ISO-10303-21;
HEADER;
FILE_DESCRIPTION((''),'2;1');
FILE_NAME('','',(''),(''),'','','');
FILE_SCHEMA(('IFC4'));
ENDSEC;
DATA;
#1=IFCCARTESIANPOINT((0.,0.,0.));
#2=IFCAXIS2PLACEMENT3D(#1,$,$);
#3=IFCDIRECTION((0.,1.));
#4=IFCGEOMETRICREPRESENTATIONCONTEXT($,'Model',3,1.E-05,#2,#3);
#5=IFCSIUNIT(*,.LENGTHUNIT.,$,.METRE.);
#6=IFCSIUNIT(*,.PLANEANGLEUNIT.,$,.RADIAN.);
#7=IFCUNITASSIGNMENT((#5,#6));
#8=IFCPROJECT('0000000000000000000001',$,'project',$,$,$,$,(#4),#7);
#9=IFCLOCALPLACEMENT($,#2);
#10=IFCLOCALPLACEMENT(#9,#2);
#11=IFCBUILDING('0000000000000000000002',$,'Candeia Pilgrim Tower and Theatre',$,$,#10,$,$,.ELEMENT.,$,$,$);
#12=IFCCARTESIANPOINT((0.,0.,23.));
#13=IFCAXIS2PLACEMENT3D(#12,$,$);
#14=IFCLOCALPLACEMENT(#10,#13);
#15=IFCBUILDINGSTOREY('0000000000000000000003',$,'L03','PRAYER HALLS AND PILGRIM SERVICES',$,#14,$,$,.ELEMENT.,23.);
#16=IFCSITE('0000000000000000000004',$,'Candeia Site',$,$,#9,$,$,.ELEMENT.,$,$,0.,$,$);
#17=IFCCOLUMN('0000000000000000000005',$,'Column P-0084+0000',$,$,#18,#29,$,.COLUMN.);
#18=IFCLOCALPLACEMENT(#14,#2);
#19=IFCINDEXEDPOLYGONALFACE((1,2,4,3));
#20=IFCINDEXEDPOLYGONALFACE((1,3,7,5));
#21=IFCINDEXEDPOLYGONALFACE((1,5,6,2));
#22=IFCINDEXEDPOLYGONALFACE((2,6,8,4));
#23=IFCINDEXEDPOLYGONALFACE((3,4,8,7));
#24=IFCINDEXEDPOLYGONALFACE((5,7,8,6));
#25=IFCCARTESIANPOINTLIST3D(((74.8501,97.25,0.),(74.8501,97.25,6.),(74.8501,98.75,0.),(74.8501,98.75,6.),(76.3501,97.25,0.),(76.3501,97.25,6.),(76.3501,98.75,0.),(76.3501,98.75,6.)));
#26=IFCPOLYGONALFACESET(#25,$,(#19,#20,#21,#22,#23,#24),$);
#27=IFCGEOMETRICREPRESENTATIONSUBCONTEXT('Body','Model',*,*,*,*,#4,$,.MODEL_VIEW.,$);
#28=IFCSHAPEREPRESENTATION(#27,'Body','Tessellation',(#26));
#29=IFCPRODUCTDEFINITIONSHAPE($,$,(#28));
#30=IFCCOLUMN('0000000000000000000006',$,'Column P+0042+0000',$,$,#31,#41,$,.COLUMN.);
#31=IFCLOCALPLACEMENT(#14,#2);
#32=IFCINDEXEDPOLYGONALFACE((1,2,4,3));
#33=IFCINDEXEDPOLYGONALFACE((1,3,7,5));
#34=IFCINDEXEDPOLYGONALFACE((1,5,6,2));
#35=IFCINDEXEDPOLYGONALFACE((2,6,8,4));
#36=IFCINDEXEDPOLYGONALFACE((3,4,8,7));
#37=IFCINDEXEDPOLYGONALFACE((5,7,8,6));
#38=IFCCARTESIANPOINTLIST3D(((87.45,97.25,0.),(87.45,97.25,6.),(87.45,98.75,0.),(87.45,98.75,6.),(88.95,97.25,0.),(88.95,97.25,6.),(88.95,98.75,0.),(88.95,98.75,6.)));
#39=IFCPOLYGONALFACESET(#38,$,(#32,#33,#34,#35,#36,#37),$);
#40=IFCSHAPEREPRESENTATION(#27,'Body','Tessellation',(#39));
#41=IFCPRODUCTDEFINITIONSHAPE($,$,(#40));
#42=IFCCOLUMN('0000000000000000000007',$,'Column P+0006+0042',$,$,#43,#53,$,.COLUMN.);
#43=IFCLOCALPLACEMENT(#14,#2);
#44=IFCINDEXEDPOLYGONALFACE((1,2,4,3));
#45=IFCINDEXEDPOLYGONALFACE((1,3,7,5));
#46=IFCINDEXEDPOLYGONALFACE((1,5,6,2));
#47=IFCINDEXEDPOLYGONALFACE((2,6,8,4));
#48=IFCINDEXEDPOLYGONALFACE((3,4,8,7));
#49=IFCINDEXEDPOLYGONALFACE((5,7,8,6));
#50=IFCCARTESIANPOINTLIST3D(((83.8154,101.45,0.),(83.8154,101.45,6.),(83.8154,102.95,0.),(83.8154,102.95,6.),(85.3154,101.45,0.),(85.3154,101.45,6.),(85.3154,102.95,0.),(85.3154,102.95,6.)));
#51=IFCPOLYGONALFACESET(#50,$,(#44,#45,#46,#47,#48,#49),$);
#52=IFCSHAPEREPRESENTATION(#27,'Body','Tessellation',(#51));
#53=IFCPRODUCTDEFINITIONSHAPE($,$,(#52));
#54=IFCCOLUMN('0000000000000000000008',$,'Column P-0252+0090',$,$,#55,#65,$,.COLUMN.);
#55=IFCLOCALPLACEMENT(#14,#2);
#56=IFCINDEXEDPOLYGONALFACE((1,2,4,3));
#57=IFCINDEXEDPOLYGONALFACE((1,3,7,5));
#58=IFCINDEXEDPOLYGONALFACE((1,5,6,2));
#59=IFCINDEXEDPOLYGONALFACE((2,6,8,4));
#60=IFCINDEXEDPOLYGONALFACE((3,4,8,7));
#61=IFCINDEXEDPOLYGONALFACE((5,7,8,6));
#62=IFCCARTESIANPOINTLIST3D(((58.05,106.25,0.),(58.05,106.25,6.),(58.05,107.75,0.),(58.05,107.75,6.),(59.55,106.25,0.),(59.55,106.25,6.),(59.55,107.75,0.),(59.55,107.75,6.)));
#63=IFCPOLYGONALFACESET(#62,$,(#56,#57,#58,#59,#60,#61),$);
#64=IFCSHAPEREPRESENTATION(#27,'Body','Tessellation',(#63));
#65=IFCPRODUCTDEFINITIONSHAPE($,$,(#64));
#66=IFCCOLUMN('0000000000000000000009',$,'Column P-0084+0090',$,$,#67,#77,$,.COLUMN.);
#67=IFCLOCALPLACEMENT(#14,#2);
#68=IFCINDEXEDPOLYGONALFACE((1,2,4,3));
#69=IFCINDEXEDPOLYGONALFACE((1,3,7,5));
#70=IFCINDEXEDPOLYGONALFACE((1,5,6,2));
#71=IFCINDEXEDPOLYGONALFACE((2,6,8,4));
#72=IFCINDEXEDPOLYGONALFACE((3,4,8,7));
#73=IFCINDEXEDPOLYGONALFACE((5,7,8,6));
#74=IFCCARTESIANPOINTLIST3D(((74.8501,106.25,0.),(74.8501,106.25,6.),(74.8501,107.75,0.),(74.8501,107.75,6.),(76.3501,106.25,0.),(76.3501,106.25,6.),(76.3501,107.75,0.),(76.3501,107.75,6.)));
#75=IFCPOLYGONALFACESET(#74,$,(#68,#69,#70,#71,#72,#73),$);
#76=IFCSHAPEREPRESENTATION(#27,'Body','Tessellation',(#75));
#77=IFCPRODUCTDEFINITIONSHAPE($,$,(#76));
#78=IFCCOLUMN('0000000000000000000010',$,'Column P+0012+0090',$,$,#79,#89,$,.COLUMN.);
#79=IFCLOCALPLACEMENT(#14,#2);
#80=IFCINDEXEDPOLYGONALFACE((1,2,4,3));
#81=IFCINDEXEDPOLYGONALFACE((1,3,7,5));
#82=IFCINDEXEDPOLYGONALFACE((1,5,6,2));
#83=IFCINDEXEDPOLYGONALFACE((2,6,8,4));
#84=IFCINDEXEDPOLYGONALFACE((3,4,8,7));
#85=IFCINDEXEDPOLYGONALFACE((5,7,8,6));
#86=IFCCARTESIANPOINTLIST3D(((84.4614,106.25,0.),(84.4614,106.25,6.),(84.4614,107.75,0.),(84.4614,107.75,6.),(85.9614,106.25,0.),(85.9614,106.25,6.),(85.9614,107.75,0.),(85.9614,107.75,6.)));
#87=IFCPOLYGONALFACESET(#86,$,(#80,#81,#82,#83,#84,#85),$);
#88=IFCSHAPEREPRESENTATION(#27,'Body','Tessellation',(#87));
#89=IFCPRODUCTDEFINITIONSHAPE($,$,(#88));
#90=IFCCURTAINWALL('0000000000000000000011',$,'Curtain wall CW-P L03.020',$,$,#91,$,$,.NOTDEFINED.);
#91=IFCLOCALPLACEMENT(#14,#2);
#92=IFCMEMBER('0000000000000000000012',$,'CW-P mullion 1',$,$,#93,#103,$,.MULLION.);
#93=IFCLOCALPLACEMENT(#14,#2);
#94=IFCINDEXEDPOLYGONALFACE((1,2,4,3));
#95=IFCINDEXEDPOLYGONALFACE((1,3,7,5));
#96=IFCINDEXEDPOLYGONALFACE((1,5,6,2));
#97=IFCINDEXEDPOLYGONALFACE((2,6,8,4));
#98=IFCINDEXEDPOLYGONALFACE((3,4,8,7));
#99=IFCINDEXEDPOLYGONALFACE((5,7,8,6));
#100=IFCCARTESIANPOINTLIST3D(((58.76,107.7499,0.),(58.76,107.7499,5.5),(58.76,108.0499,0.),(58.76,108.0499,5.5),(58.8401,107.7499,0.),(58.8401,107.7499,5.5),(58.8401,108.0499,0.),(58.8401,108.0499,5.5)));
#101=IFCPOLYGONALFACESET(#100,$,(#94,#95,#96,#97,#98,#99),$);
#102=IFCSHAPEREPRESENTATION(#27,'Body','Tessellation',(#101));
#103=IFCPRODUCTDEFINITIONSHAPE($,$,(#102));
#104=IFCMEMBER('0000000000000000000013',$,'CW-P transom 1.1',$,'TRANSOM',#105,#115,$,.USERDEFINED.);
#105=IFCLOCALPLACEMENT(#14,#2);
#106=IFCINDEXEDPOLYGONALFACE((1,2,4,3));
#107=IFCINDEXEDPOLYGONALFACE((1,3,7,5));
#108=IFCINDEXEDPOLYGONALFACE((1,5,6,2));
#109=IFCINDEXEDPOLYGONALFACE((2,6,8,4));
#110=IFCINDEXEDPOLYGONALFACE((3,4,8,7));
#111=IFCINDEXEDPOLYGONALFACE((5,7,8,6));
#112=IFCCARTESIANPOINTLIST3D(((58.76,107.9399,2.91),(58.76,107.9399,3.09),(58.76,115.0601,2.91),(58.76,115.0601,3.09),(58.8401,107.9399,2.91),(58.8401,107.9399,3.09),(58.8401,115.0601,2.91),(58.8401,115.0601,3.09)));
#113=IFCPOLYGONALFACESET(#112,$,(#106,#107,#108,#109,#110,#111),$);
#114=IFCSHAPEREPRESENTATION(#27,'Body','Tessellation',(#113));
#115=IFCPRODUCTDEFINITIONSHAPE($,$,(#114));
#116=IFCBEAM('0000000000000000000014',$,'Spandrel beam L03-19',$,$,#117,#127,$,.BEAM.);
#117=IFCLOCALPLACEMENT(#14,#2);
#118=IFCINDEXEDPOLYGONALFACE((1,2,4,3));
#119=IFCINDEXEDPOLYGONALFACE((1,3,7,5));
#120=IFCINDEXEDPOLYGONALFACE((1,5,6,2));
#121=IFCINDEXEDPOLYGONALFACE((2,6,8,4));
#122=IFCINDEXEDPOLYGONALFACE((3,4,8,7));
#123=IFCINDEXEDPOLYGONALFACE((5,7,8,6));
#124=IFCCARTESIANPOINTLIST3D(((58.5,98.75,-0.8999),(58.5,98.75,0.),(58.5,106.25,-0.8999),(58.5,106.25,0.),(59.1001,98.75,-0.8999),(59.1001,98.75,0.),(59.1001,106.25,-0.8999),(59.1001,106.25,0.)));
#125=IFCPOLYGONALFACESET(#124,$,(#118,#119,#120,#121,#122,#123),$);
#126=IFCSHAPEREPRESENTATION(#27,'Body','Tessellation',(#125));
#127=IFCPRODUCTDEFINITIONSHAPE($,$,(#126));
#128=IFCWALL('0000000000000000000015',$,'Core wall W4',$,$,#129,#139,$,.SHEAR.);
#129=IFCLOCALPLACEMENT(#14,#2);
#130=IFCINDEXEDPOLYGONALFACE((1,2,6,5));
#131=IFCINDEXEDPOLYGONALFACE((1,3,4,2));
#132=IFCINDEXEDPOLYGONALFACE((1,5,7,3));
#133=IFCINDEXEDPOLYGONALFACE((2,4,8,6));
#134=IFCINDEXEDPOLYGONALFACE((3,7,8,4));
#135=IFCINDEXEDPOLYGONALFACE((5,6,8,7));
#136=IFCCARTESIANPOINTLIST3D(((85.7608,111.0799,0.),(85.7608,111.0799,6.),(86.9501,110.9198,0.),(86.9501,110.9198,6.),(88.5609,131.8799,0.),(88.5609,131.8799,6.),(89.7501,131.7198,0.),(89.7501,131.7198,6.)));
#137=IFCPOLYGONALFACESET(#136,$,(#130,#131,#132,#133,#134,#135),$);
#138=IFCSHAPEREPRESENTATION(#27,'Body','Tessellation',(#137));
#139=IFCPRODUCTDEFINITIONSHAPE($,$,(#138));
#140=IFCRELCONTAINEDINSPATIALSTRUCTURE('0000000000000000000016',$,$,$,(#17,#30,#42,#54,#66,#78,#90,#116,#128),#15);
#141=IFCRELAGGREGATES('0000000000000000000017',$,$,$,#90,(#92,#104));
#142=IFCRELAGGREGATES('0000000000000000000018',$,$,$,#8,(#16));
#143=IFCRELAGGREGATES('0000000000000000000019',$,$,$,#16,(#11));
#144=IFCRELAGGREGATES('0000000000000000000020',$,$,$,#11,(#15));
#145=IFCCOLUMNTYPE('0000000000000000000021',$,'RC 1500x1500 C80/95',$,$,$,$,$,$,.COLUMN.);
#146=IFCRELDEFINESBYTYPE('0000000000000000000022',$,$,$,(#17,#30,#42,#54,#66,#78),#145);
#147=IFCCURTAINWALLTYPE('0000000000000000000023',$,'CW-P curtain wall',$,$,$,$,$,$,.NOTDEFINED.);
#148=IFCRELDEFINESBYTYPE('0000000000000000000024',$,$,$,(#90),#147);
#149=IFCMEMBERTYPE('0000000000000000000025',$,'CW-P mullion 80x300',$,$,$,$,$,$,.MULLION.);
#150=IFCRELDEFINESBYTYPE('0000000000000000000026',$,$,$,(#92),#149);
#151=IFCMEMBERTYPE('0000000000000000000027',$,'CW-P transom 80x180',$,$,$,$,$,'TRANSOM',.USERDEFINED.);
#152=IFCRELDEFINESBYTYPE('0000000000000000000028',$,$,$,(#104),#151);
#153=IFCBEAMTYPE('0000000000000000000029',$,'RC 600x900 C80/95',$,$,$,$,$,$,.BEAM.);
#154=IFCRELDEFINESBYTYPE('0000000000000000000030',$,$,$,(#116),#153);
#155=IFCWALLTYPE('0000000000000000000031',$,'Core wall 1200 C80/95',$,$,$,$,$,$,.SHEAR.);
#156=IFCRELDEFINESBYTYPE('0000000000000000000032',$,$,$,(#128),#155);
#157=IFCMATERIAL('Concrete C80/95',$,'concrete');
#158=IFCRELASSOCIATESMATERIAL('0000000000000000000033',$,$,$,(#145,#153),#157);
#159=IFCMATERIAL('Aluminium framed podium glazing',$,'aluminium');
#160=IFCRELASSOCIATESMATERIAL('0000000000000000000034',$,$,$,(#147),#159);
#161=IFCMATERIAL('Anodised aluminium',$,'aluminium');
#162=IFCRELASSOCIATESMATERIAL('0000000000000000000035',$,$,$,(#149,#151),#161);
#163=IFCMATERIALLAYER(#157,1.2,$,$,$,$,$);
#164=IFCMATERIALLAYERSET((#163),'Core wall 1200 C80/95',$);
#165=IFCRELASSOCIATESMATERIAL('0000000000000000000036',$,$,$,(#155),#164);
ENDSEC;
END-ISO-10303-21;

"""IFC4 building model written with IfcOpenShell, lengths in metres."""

from ifc_helpers import new_model, si_unit, direction, frame, frame_2d, origin, origin_2d, place, context, subcontext, project, spatial, rectangle, extrude, material, layer, layer_set, material_profile, profile_set, type_object, element, aggregate, save


model = new_model("IFC4")

# Units and contexts
model_context = context("Model", 3, precision=1e-05, world=origin(), true_north=direction((0.0, 1.0)))
body_context = subcontext(model_context, "Body", "Model", "MODEL_VIEW")
ifc_project = project(units=[si_unit("LENGTHUNIT", "METRE"), si_unit("PLANEANGLEUNIT", "RADIAN")], contexts=[model_context])

# Site, building, storey
site_placement = place(None, origin())
site = spatial("IfcSite", under=ifc_project, at=site_placement, Name="Candeia Site", CompositionType="ELEMENT", RefElevation=0.0)
building_placement = place(site_placement, origin())
building = spatial("IfcBuilding", under=site, at=building_placement, Name="Candeia Pilgrim Tower and Theatre", CompositionType="ELEMENT")
storey_placement = place(building_placement, frame((0.0, 0.0, 23.0)))
storey = spatial("IfcBuildingStorey", under=building, at=storey_placement, Name="L03", Description="PRAYER HALLS AND PILGRIM SERVICES", CompositionType="ELEMENT", Elevation=23.0)

# Columns
ifc_material_1 = material(Name="Concrete C80/95", Category="concrete")
ifc_material_profile_1 = material_profile(ifc_material_1, rectangle(XDim=1.5, YDim=1.5, at=origin_2d()))
ifc_profile_set_1 = profile_set([ifc_material_profile_1], Name="Concrete C80/95")
column_type = type_object("IfcColumnType", Name="RC 1500x1500 C80/95", PredefinedType="COLUMN", material=ifc_profile_set_1)
for number, where, z_axis, x_axis, name in (
    (1, (75.6001, 98.0, 0.0), (0.0, 0.0, 1.0), (1.0, 0.0, 0.0), "Column P-0084+0000"),
    (2, (88.2, 98.0, 0.0), (0.0, 0.0, 1.0), (1.0, 0.0, 0.0), "Column P+0042+0000"),
    (3, (84.5654, 102.2, 0.0), (0.0, 0.0, 1.0), (1.0, 0.0, 0.0), "Column P+0006+0042"),
    (4, (58.8, 107.0, 0.0), (0.0, 0.0, 1.0), (1.0, 0.0, 0.0), "Column P-0252+0090"),
    (5, (75.6001, 107.0, 0.0), (0.0, 0.0, 1.0), (1.0, 0.0, 0.0), "Column P-0084+0090"),
    (6, (85.2114, 107.0, 0.0), (0.0, 0.0, 1.0), (1.0, 0.0, 0.0), "Column P+0012+0090"),
):
    element("IfcColumn", number, at=place(storey_placement, frame(where, z_axis=z_axis, x_axis=x_axis)), inside=storey, type_object=column_type, Name=name, PredefinedType="COLUMN", context=body_context, shape_type="SweptSolid", body=[
        extrude(rectangle(XDim=1.5, YDim=1.5, at=origin_2d()), origin(), (0.0, 0.0, 1.0), 6.0),
    ])

# Curtain wall, members
ifc_material_2 = material(Name="Aluminium framed podium glazing", Category="aluminium")
curtain_wall_type = type_object("IfcCurtainWallType", Name="CW-P curtain wall", PredefinedType="NOTDEFINED", material=ifc_material_2)
curtain_wall_placement = place(storey_placement, origin())
curtain_wall = element("IfcCurtainWall", 7, at=curtain_wall_placement, inside=storey, type_object=curtain_wall_type, Name="Curtain wall CW-P L03.020", PredefinedType="NOTDEFINED")
ifc_material_3 = material(Name="Anodised aluminium", Category="aluminium")
ifc_material_profile_2 = material_profile(ifc_material_3, rectangle(XDim=0.0801, YDim=0.3, at=origin_2d()))
ifc_profile_set_2 = profile_set([ifc_material_profile_2], Name="Anodised aluminium")
member_type_1 = type_object("IfcMemberType", Name="CW-P mullion 80x300", PredefinedType="MULLION", material=ifc_profile_set_2)
member_1_placement = place(storey_placement, frame((58.8, 107.8999, 0.0), z_axis=(0.0, 0.0, 1.0), x_axis=(-1.0, 0.0, 0.0)))
member_1 = element("IfcMember", 8, at=member_1_placement, type_object=member_type_1, Name="CW-P mullion 1", PredefinedType="MULLION", context=body_context, shape_type="SweptSolid", body=[
    extrude(rectangle(XDim=0.0801, YDim=0.3, at=origin_2d()), origin(), (0.0, 0.0, 1.0), 5.5),
])
ifc_material_profile_3 = material_profile(ifc_material_3, rectangle(XDim=0.0801, YDim=0.1799, at=origin_2d()))
ifc_profile_set_3 = profile_set([ifc_material_profile_3], Name="Anodised aluminium")
member_type_2 = type_object("IfcMemberType", Name="CW-P transom 80x180", ElementType="TRANSOM", PredefinedType="USERDEFINED", material=ifc_profile_set_3)
member_2_placement = place(storey_placement, frame((58.8, 107.9399, 3.0), z_axis=(0.0, 1.0, 0.0), x_axis=(-1.0, 0.0, 0.0)))
member_2 = element("IfcMember", 9, at=member_2_placement, type_object=member_type_2, Name="CW-P transom 1.1", ObjectType="TRANSOM", PredefinedType="USERDEFINED", context=body_context, shape_type="SweptSolid", body=[
    extrude(rectangle(XDim=0.0801, YDim=0.1799, at=origin_2d()), origin(), (0.0, 0.0, 1.0), 7.1201),
])
aggregate(curtain_wall, [member_1, member_2])

# Beam
ifc_material_profile_4 = material_profile(ifc_material_1, rectangle(XDim=0.6001, YDim=0.8999, at=origin_2d()))
ifc_profile_set_4 = profile_set([ifc_material_profile_4], Name="Concrete C80/95")
beam_type = type_object("IfcBeamType", Name="RC 600x900 C80/95", PredefinedType="BEAM", material=ifc_profile_set_4)
beam_placement = place(storey_placement, frame((58.8, 106.25, -0.45), z_axis=(0.0, -1.0, 0.0), x_axis=(1.0, 0.0, 0.0)))
element("IfcBeam", 10, at=beam_placement, inside=storey, type_object=beam_type, Name="Spandrel beam L03-19", PredefinedType="BEAM", context=body_context, shape_type="SweptSolid", body=[
    extrude(rectangle(XDim=0.6001, YDim=0.8999, at=origin_2d()), origin(), (0.0, 0.0, 1.0), 7.5),
])

# Wall
ifc_layer_1 = layer(ifc_material_1, 1.2)
ifc_layer_set_1 = layer_set([ifc_layer_1], Name="Core wall 1200 C80/95")
wall_type_1 = type_object("IfcWallType", Name="Core wall 1200 C80/95", PredefinedType="SHEAR", material=ifc_layer_set_1)
wall_1_placement = place(storey_placement, frame((86.3555, 111.0, 0.0), z_axis=(0.0, 0.0, 1.0), x_axis=(0.133414, 0.99106, 0.0)))
element("IfcWall", 11, at=wall_1_placement, inside=storey, type_object=wall_type_1, Name="Core wall W4", PredefinedType="SHEAR", context=body_context, shape_type="SweptSolid", body=[
    extrude(rectangle(XDim=20.9875, YDim=1.2, at=frame_2d((10.4937, 0.0))), origin(), (0.0, 0.0, 1.0), 6.0),
])

save(model, "model.ifc")
